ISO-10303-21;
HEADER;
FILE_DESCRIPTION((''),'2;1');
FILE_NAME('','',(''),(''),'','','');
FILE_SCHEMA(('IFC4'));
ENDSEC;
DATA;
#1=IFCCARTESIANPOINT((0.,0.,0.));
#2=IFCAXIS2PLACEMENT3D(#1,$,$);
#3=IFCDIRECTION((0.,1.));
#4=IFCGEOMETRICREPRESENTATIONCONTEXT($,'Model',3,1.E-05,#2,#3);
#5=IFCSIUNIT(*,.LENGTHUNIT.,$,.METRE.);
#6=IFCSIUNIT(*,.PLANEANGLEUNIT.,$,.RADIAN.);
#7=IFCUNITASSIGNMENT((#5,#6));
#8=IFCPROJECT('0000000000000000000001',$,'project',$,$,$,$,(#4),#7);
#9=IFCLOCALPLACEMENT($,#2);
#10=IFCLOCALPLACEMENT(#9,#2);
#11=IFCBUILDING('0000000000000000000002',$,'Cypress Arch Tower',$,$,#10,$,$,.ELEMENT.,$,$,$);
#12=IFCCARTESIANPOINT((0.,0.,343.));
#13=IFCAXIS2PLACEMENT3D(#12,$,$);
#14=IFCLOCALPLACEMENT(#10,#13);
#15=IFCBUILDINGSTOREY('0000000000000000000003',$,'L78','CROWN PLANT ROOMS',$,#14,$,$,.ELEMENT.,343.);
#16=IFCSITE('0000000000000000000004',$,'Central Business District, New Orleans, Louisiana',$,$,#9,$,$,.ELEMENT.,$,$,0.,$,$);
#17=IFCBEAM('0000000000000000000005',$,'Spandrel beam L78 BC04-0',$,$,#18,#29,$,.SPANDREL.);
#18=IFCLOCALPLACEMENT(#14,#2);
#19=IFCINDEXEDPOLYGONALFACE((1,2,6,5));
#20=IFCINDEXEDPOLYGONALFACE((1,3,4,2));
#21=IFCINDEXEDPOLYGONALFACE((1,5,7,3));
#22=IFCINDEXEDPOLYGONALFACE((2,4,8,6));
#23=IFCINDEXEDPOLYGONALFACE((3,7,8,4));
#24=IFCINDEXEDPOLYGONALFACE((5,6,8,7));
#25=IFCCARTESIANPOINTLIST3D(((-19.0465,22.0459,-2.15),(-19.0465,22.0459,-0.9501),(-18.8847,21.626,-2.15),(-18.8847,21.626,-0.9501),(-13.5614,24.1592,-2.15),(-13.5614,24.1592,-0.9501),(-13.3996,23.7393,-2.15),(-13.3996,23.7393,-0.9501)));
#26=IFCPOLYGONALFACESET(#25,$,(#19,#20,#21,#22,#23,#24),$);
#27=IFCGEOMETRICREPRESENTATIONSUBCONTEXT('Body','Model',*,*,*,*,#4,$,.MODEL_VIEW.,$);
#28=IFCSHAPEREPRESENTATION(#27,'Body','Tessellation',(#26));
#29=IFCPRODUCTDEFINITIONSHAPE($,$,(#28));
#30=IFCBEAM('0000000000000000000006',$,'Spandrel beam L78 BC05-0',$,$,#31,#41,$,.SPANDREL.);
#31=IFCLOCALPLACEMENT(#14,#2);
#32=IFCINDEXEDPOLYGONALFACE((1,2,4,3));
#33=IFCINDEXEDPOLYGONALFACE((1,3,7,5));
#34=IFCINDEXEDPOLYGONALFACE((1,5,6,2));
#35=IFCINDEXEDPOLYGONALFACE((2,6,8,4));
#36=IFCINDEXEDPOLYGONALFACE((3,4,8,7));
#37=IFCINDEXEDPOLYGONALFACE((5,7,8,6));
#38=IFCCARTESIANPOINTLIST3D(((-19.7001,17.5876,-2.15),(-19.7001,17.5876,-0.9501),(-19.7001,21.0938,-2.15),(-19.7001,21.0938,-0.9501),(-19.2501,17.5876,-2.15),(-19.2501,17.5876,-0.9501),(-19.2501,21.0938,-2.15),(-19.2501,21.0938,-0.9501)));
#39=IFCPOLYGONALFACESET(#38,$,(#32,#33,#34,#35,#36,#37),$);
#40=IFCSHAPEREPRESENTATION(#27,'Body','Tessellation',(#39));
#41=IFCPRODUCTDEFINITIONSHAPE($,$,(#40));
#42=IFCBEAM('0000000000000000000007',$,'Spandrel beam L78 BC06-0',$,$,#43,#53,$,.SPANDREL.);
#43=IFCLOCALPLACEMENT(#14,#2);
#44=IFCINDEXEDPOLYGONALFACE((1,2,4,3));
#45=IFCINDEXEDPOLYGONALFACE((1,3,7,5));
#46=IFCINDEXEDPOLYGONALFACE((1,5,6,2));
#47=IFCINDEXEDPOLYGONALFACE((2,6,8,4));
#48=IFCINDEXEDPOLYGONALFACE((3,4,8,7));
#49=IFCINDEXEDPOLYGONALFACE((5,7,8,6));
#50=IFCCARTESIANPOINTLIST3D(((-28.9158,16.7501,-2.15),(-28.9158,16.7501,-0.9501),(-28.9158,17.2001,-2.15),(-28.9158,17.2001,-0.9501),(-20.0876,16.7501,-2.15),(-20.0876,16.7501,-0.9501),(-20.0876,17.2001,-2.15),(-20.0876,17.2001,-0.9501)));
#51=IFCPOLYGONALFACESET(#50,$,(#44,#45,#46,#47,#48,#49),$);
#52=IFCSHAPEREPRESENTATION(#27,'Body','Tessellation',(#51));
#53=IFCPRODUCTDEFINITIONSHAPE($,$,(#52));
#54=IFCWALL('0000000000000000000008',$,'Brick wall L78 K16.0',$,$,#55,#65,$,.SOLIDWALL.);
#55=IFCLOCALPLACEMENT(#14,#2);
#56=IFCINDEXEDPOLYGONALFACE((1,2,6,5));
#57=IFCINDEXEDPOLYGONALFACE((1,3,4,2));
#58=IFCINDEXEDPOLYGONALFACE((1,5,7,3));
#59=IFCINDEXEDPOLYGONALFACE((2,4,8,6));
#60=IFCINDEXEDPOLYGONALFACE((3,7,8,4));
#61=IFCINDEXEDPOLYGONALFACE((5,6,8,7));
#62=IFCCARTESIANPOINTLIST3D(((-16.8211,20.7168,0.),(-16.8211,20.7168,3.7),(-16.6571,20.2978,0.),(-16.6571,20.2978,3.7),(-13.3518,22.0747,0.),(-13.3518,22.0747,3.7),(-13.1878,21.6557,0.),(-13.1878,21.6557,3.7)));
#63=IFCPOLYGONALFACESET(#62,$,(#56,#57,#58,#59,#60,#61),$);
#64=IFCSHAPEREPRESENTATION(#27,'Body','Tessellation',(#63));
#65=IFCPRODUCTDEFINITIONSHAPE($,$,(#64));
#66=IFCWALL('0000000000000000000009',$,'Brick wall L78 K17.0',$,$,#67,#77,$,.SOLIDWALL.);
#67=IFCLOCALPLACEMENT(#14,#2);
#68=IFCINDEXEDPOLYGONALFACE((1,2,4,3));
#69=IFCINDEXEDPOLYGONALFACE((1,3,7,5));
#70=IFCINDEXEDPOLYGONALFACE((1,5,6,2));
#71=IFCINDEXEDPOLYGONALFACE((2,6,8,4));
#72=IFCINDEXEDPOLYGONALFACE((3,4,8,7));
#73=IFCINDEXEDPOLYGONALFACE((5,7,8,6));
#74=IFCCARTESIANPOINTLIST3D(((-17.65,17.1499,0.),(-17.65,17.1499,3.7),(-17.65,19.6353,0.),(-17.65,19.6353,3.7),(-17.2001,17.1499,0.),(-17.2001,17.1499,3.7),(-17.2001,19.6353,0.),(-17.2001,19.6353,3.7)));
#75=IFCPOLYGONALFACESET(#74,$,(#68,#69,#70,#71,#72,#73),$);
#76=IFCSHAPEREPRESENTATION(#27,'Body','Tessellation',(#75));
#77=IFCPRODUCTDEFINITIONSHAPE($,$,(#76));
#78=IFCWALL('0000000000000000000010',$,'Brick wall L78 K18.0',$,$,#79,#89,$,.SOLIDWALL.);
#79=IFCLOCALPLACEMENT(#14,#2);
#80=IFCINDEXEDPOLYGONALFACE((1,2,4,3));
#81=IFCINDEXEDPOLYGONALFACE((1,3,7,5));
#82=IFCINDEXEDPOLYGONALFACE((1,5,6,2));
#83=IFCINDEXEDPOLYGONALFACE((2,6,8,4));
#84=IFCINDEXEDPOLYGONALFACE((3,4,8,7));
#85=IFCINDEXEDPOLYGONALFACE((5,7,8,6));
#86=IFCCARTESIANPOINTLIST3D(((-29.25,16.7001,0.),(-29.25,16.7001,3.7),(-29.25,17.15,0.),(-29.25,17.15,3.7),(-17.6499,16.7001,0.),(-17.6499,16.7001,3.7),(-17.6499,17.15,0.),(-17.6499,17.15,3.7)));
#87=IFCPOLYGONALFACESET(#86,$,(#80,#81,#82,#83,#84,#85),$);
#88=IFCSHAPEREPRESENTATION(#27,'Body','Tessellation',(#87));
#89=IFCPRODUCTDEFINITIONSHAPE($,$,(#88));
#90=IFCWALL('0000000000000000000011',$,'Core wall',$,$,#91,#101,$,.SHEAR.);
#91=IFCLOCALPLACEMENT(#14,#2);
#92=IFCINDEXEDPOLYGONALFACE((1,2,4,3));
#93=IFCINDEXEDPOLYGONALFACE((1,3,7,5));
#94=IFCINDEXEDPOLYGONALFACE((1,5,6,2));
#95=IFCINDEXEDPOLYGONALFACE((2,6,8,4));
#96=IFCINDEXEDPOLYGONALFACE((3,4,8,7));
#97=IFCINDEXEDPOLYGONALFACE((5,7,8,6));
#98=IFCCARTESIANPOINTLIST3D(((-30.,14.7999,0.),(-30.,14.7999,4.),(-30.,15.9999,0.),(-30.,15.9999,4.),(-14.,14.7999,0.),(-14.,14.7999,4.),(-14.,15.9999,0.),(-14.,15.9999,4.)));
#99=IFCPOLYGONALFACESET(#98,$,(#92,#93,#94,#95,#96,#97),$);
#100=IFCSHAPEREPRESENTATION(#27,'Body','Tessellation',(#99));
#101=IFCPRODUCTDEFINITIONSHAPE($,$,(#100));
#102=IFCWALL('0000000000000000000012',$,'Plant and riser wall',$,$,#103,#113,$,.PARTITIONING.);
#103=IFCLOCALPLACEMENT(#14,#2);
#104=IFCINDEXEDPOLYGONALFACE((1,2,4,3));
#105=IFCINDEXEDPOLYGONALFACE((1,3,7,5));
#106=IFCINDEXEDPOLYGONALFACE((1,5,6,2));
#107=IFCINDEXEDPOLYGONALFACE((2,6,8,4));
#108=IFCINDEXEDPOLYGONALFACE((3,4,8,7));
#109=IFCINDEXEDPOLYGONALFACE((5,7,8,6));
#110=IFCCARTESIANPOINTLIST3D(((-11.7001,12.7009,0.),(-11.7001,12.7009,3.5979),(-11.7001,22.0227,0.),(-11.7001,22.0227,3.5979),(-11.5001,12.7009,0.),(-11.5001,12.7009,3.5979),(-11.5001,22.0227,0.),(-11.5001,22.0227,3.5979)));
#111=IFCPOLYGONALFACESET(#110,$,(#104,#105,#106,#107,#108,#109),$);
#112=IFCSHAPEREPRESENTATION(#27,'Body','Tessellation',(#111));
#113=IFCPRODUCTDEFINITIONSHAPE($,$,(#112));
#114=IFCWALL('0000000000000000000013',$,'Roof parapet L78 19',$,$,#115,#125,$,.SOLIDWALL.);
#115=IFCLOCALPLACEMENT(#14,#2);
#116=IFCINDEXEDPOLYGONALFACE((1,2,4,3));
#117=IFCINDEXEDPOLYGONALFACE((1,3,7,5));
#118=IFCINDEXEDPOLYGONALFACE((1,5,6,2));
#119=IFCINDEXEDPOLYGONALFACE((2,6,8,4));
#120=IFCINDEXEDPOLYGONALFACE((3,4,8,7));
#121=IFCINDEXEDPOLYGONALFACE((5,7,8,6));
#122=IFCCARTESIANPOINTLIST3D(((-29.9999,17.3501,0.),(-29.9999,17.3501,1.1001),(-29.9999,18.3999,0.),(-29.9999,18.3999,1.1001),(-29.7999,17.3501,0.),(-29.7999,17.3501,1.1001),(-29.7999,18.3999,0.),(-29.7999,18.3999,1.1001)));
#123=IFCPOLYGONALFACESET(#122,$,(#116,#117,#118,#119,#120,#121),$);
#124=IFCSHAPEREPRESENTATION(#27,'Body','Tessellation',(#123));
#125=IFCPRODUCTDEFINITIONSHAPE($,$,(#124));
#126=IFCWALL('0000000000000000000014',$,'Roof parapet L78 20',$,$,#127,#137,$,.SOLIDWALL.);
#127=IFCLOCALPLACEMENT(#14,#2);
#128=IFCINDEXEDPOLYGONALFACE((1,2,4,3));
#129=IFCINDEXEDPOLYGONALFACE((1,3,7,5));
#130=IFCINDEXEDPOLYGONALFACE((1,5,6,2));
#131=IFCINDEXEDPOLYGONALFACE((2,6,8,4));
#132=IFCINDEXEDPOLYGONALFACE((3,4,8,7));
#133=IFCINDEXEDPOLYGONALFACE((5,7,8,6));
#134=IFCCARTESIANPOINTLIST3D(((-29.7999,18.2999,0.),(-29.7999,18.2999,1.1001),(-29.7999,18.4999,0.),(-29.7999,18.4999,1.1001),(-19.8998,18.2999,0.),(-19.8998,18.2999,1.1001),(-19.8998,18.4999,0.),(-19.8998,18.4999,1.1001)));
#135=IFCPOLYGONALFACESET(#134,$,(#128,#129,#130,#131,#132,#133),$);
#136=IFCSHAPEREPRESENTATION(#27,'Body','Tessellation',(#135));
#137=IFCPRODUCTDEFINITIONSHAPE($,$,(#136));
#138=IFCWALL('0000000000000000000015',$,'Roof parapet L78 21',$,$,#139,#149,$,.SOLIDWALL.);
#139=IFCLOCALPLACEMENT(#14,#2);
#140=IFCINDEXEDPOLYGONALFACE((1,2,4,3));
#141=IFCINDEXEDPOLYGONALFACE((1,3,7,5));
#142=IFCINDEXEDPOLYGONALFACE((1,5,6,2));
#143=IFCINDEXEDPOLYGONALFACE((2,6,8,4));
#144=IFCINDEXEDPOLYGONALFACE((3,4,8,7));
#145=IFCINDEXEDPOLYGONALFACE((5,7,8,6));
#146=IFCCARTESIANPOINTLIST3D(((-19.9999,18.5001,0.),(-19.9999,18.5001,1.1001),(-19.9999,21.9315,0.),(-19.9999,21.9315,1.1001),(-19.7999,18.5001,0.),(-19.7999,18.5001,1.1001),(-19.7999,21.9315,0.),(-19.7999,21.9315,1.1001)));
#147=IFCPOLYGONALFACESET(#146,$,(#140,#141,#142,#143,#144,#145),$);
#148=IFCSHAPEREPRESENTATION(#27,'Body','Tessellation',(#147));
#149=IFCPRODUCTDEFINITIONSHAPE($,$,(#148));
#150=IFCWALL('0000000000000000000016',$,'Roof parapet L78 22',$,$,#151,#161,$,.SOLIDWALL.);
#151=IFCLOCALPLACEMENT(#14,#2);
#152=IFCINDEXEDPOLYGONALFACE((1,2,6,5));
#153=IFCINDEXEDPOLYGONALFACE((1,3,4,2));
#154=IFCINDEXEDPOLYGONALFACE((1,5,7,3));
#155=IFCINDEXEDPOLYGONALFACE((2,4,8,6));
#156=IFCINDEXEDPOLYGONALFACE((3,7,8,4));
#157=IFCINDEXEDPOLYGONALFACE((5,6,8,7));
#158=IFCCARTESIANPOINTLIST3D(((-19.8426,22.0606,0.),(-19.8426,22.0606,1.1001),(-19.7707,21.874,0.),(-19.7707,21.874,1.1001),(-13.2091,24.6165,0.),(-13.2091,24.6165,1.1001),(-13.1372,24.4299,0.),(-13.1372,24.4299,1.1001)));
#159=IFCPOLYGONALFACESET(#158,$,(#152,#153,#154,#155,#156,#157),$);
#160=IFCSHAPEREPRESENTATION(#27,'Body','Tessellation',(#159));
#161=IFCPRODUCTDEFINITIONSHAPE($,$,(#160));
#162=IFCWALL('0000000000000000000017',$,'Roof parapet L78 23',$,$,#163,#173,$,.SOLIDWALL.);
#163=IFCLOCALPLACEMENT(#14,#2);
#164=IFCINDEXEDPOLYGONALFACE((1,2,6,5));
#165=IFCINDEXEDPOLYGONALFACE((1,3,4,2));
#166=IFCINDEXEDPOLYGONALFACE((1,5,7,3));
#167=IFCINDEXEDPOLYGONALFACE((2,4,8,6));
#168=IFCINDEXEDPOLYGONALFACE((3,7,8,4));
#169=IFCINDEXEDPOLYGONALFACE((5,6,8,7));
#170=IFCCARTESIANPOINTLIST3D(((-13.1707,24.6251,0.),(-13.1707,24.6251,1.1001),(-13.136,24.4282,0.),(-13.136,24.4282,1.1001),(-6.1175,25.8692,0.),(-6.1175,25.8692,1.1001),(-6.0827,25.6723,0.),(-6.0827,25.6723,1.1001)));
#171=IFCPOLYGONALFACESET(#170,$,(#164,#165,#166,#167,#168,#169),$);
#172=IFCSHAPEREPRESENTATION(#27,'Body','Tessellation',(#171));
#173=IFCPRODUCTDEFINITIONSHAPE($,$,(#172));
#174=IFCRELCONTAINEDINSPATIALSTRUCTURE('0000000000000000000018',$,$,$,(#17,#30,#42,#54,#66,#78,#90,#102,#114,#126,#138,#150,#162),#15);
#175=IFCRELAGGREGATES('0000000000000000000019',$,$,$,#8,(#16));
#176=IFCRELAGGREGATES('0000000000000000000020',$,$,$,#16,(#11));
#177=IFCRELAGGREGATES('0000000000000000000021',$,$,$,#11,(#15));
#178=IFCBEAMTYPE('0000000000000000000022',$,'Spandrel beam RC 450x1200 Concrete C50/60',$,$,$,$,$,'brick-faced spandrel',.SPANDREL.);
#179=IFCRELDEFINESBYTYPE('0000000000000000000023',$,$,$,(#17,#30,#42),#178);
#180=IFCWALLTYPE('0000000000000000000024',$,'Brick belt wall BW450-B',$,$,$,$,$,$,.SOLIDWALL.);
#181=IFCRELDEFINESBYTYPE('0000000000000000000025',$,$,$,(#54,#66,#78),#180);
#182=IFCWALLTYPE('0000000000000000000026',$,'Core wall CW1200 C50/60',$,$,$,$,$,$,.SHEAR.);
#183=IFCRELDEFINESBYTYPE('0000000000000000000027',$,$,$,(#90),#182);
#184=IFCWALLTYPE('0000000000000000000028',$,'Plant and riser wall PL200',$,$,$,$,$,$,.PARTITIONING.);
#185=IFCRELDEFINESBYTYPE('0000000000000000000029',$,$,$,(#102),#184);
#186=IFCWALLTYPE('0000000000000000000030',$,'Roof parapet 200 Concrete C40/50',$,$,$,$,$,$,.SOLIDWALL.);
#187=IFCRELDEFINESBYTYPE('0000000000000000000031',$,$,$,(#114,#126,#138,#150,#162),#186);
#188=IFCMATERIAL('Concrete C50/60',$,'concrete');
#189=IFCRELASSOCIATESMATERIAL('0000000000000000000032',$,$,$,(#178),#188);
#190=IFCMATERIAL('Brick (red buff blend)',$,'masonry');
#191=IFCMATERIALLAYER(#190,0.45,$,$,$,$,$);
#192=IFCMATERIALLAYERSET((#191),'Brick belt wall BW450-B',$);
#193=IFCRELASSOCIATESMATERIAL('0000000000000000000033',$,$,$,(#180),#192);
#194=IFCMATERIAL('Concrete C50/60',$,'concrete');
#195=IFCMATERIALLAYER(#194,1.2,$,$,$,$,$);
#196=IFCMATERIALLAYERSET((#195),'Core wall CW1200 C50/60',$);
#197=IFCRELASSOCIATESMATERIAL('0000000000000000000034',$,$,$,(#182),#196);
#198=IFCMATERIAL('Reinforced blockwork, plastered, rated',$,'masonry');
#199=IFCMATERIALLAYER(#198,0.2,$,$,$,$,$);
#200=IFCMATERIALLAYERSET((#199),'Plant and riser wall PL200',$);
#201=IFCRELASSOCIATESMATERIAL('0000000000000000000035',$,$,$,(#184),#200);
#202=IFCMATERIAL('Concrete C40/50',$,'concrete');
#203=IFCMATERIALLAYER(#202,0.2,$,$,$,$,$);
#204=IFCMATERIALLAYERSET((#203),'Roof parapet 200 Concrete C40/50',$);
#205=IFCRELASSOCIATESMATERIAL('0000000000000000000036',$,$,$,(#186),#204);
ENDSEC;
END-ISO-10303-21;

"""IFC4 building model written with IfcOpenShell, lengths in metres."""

from ifc_helpers import new_model, si_unit, direction, frame, frame_2d, origin, origin_2d, place, context, subcontext, project, spatial, rectangle, extrude, material, layer, layer_set, material_profile, profile_set, type_object, element, save


model = new_model("IFC4")

# Units and contexts
model_context = context("Model", 3, precision=1e-05, world=origin(), true_north=direction((0.0, 1.0)))
body_context = subcontext(model_context, "Body", "Model", "MODEL_VIEW")
ifc_project = project(units=[si_unit("LENGTHUNIT", "METRE"), si_unit("PLANEANGLEUNIT", "RADIAN")], contexts=[model_context])

# Site, building, storey
site_placement = place(None, origin())
site = spatial("IfcSite", under=ifc_project, at=site_placement, Name="Central Business District, New Orleans, Louisiana", CompositionType="ELEMENT", RefElevation=0.0)
building_placement = place(site_placement, origin())
building = spatial("IfcBuilding", under=site, at=building_placement, Name="Cypress Arch Tower", CompositionType="ELEMENT")
storey_placement = place(building_placement, frame((0.0, 0.0, 343.0)))
storey = spatial("IfcBuildingStorey", under=building, at=storey_placement, Name="L78", Description="CROWN PLANT ROOMS", CompositionType="ELEMENT", Elevation=343.0)

# Beams
ifc_material_1 = material(Name="Concrete C50/60", Category="concrete")
ifc_material_profile = material_profile(ifc_material_1, rectangle(XDim=0.45, YDim=1.2, at=origin_2d()), Name="RC 450x1200")
ifc_profile_set = profile_set([ifc_material_profile], Name="Concrete C50/60")
beam_type = type_object("IfcBeamType", Name="Spandrel beam RC 450x1200 Concrete C50/60", ElementType="brick-faced spandrel", PredefinedType="SPANDREL", material=ifc_profile_set)
beam_1_placement = place(storey_placement, frame((-13.4805, 23.9492, -1.55), z_axis=(-0.933139, -0.359516, 0.0), x_axis=(0.359516, -0.933139, 0.0)))
element("IfcBeam", 1, at=beam_1_placement, inside=storey, type_object=beam_type, Name="Spandrel beam L78 BC04-0", PredefinedType="SPANDREL", context=body_context, shape_type="SweptSolid", body=[
    extrude(rectangle(XDim=0.45, YDim=1.2, at=origin_2d()), origin(), (0.0, 0.0, 1.0), 5.8782),
])
beam_2_placement = place(storey_placement, frame((-19.4751, 21.0938, -1.55), z_axis=(0.0, -1.0, 0.0), x_axis=(1.0, 0.0, 0.0)))
element("IfcBeam", 2, at=beam_2_placement, inside=storey, type_object=beam_type, Name="Spandrel beam L78 BC05-0", PredefinedType="SPANDREL", context=body_context, shape_type="SweptSolid", body=[
    extrude(rectangle(XDim=0.45, YDim=1.2, at=origin_2d()), origin(), (0.0, 0.0, 1.0), 3.5061),
])
beam_3_placement = place(storey_placement, frame((-20.0876, 16.9751, -1.55), z_axis=(-1.0, 0.0, 0.0), x_axis=(0.0, -1.0, 0.0)))
element("IfcBeam", 3, at=beam_3_placement, inside=storey, type_object=beam_type, Name="Spandrel beam L78 BC06-0", PredefinedType="SPANDREL", context=body_context, shape_type="SweptSolid", body=[
    extrude(rectangle(XDim=0.45, YDim=1.2, at=origin_2d()), origin(), (0.0, 0.0, 1.0), 8.8281),
])

# Walls
ifc_material_2 = material(Name="Brick (red buff blend)", Category="masonry")
ifc_layer_1 = layer(ifc_material_2, 0.45)
ifc_layer_set_1 = layer_set([ifc_layer_1], Name="Brick belt wall BW450-B")
wall_type_1 = type_object("IfcWallType", Name="Brick belt wall BW450-B", PredefinedType="SOLIDWALL", material=ifc_layer_set_1)
wall_1_placement = place(storey_placement, frame((-13.2698, 21.8652, 0.0), z_axis=(0.0, 0.0, 1.0), x_axis=(-0.931208, -0.364488, 0.0)))
element("IfcWall", 4, at=wall_1_placement, inside=storey, type_object=wall_type_1, Name="Brick wall L78 K16.0", PredefinedType="SOLIDWALL", context=body_context, shape_type="SweptSolid", body=[
    extrude(rectangle(XDim=3.7256, YDim=0.45, at=frame_2d((1.8628, 0.0))), origin(), (0.0, 0.0, 1.0), 3.7),
])
wall_2_placement = place(storey_placement, frame((-17.425, 19.6353, 0.0), z_axis=(0.0, 0.0, 1.0), x_axis=(0.0, -1.0, 0.0)))
element("IfcWall", 5, at=wall_2_placement, inside=storey, type_object=wall_type_1, Name="Brick wall L78 K17.0", PredefinedType="SOLIDWALL", context=body_context, shape_type="SweptSolid", body=[
    extrude(rectangle(XDim=2.4854, YDim=0.45, at=frame_2d((1.2427, 0.0))), origin(), (0.0, 0.0, 1.0), 3.7),
])
wall_3_placement = place(storey_placement, frame((-17.6499, 16.925, 0.0), z_axis=(0.0, 0.0, 1.0), x_axis=(-1.0, 0.0, 0.0)))
element("IfcWall", 6, at=wall_3_placement, inside=storey, type_object=wall_type_1, Name="Brick wall L78 K18.0", PredefinedType="SOLIDWALL", context=body_context, shape_type="SweptSolid", body=[
    extrude(rectangle(XDim=11.6001, YDim=0.45, at=frame_2d((5.8, 0.0))), origin(), (0.0, 0.0, 1.0), 3.7),
])
ifc_material_3 = material(Name="Concrete C50/60", Category="concrete")
ifc_layer_2 = layer(ifc_material_3, 1.2)
ifc_layer_set_2 = layer_set([ifc_layer_2], Name="Core wall CW1200 C50/60")
wall_type_2 = type_object("IfcWallType", Name="Core wall CW1200 C50/60", PredefinedType="SHEAR", material=ifc_layer_set_2)
wall_4_placement = place(storey_placement, frame((-30.0, 15.3999, 0.0), z_axis=(0.0, 0.0, 1.0), x_axis=(1.0, 0.0, 0.0)))
element("IfcWall", 7, at=wall_4_placement, inside=storey, type_object=wall_type_2, Name="Core wall", PredefinedType="SHEAR", context=body_context, shape_type="SweptSolid", body=[
    extrude(rectangle(XDim=16.0, YDim=1.2, at=frame_2d((8.0, 0.0))), origin(), (0.0, 0.0, 1.0), 4.0),
])

# Shared definitions
ifc_material_4 = material(Name="Reinforced blockwork, plastered, rated", Category="masonry")
ifc_layer_3 = layer(ifc_material_4, 0.2)
ifc_layer_set_3 = layer_set([ifc_layer_3], Name="Plant and riser wall PL200")
wall_type_3 = type_object("IfcWallType", Name="Plant and riser wall PL200", PredefinedType="PARTITIONING", material=ifc_layer_set_3)

# Wall
wall_5_placement = place(storey_placement, frame((-11.6001, 12.7009, 0.0), z_axis=(0.0, 0.0, 1.0), x_axis=(0.0, 1.0, 0.0)))
element("IfcWall", 8, at=wall_5_placement, inside=storey, type_object=wall_type_3, Name="Plant and riser wall", PredefinedType="PARTITIONING", context=body_context, shape_type="SweptSolid", body=[
    extrude(rectangle(XDim=9.3218, YDim=0.2, at=frame_2d((4.6609, 0.0))), origin(), (0.0, 0.0, 1.0), 3.5979),
])

# Walls
ifc_material_5 = material(Name="Concrete C40/50", Category="concrete")
ifc_layer_4 = layer(ifc_material_5, 0.2)
ifc_layer_set_4 = layer_set([ifc_layer_4], Name="Roof parapet 200 Concrete C40/50")
wall_type_4 = type_object("IfcWallType", Name="Roof parapet 200 Concrete C40/50", PredefinedType="SOLIDWALL", material=ifc_layer_set_4)
wall_6_placement = place(storey_placement, frame((-29.8999, 17.3501, 0.0), z_axis=(0.0, 0.0, 1.0), x_axis=(0.0, 1.0, 0.0)))
element("IfcWall", 9, at=wall_6_placement, inside=storey, type_object=wall_type_4, Name="Roof parapet L78 19", PredefinedType="SOLIDWALL", context=body_context, shape_type="SweptSolid", body=[
    extrude(rectangle(XDim=1.0498, YDim=0.2, at=frame_2d((0.5249, 0.0))), origin(), (0.0, 0.0, 1.0), 1.1001),
])
wall_7_placement = place(storey_placement, frame((-29.8, 18.3999, 0.0), z_axis=(0.0, 0.0, 1.0), x_axis=(1.0, 0.0, 0.0)))
element("IfcWall", 10, at=wall_7_placement, inside=storey, type_object=wall_type_4, Name="Roof parapet L78 20", PredefinedType="SOLIDWALL", context=body_context, shape_type="SweptSolid", body=[
    extrude(rectangle(XDim=9.9001, YDim=0.2, at=frame_2d((4.9502, 0.0))), origin(), (0.0, 0.0, 1.0), 1.1001),
])
wall_8_placement = place(storey_placement, frame((-19.8999, 18.5, 0.0), z_axis=(0.0, 0.0, 1.0), x_axis=(0.0, 1.0, 0.0)))
element("IfcWall", 11, at=wall_8_placement, inside=storey, type_object=wall_type_4, Name="Roof parapet L78 21", PredefinedType="SOLIDWALL", context=body_context, shape_type="SweptSolid", body=[
    extrude(rectangle(XDim=3.4314, YDim=0.2, at=frame_2d((1.7158, 0.0))), origin(), (0.0, 0.0, 1.0), 1.1001),
])
wall_9_placement = place(storey_placement, frame((-19.8066, 21.9673, 0.0), z_axis=(0.0, 0.0, 1.0), x_axis=(0.933131, 0.359536, 0.0)))
element("IfcWall", 12, at=wall_9_placement, inside=storey, type_object=wall_type_4, Name="Roof parapet L78 22", PredefinedType="SOLIDWALL", context=body_context, shape_type="SweptSolid", body=[
    extrude(rectangle(XDim=7.1089, YDim=0.2, at=frame_2d((3.5544, 0.0))), origin(), (0.0, 0.0, 1.0), 1.1001),
])
wall_10_placement = place(storey_placement, frame((-13.1533, 24.5266, 0.0), z_axis=(0.0, 0.0, 1.0), x_axis=(0.984797, 0.173711, 0.0)))
element("IfcWall", 13, at=wall_10_placement, inside=storey, type_object=wall_type_4, Name="Roof parapet L78 23", PredefinedType="SOLIDWALL", context=body_context, shape_type="SweptSolid", body=[
    extrude(rectangle(XDim=7.1621, YDim=0.2, at=frame_2d((3.5811, 0.0))), origin(), (0.0, 0.0, 1.0), 1.1001),
])

save(model, "model.ifc")
